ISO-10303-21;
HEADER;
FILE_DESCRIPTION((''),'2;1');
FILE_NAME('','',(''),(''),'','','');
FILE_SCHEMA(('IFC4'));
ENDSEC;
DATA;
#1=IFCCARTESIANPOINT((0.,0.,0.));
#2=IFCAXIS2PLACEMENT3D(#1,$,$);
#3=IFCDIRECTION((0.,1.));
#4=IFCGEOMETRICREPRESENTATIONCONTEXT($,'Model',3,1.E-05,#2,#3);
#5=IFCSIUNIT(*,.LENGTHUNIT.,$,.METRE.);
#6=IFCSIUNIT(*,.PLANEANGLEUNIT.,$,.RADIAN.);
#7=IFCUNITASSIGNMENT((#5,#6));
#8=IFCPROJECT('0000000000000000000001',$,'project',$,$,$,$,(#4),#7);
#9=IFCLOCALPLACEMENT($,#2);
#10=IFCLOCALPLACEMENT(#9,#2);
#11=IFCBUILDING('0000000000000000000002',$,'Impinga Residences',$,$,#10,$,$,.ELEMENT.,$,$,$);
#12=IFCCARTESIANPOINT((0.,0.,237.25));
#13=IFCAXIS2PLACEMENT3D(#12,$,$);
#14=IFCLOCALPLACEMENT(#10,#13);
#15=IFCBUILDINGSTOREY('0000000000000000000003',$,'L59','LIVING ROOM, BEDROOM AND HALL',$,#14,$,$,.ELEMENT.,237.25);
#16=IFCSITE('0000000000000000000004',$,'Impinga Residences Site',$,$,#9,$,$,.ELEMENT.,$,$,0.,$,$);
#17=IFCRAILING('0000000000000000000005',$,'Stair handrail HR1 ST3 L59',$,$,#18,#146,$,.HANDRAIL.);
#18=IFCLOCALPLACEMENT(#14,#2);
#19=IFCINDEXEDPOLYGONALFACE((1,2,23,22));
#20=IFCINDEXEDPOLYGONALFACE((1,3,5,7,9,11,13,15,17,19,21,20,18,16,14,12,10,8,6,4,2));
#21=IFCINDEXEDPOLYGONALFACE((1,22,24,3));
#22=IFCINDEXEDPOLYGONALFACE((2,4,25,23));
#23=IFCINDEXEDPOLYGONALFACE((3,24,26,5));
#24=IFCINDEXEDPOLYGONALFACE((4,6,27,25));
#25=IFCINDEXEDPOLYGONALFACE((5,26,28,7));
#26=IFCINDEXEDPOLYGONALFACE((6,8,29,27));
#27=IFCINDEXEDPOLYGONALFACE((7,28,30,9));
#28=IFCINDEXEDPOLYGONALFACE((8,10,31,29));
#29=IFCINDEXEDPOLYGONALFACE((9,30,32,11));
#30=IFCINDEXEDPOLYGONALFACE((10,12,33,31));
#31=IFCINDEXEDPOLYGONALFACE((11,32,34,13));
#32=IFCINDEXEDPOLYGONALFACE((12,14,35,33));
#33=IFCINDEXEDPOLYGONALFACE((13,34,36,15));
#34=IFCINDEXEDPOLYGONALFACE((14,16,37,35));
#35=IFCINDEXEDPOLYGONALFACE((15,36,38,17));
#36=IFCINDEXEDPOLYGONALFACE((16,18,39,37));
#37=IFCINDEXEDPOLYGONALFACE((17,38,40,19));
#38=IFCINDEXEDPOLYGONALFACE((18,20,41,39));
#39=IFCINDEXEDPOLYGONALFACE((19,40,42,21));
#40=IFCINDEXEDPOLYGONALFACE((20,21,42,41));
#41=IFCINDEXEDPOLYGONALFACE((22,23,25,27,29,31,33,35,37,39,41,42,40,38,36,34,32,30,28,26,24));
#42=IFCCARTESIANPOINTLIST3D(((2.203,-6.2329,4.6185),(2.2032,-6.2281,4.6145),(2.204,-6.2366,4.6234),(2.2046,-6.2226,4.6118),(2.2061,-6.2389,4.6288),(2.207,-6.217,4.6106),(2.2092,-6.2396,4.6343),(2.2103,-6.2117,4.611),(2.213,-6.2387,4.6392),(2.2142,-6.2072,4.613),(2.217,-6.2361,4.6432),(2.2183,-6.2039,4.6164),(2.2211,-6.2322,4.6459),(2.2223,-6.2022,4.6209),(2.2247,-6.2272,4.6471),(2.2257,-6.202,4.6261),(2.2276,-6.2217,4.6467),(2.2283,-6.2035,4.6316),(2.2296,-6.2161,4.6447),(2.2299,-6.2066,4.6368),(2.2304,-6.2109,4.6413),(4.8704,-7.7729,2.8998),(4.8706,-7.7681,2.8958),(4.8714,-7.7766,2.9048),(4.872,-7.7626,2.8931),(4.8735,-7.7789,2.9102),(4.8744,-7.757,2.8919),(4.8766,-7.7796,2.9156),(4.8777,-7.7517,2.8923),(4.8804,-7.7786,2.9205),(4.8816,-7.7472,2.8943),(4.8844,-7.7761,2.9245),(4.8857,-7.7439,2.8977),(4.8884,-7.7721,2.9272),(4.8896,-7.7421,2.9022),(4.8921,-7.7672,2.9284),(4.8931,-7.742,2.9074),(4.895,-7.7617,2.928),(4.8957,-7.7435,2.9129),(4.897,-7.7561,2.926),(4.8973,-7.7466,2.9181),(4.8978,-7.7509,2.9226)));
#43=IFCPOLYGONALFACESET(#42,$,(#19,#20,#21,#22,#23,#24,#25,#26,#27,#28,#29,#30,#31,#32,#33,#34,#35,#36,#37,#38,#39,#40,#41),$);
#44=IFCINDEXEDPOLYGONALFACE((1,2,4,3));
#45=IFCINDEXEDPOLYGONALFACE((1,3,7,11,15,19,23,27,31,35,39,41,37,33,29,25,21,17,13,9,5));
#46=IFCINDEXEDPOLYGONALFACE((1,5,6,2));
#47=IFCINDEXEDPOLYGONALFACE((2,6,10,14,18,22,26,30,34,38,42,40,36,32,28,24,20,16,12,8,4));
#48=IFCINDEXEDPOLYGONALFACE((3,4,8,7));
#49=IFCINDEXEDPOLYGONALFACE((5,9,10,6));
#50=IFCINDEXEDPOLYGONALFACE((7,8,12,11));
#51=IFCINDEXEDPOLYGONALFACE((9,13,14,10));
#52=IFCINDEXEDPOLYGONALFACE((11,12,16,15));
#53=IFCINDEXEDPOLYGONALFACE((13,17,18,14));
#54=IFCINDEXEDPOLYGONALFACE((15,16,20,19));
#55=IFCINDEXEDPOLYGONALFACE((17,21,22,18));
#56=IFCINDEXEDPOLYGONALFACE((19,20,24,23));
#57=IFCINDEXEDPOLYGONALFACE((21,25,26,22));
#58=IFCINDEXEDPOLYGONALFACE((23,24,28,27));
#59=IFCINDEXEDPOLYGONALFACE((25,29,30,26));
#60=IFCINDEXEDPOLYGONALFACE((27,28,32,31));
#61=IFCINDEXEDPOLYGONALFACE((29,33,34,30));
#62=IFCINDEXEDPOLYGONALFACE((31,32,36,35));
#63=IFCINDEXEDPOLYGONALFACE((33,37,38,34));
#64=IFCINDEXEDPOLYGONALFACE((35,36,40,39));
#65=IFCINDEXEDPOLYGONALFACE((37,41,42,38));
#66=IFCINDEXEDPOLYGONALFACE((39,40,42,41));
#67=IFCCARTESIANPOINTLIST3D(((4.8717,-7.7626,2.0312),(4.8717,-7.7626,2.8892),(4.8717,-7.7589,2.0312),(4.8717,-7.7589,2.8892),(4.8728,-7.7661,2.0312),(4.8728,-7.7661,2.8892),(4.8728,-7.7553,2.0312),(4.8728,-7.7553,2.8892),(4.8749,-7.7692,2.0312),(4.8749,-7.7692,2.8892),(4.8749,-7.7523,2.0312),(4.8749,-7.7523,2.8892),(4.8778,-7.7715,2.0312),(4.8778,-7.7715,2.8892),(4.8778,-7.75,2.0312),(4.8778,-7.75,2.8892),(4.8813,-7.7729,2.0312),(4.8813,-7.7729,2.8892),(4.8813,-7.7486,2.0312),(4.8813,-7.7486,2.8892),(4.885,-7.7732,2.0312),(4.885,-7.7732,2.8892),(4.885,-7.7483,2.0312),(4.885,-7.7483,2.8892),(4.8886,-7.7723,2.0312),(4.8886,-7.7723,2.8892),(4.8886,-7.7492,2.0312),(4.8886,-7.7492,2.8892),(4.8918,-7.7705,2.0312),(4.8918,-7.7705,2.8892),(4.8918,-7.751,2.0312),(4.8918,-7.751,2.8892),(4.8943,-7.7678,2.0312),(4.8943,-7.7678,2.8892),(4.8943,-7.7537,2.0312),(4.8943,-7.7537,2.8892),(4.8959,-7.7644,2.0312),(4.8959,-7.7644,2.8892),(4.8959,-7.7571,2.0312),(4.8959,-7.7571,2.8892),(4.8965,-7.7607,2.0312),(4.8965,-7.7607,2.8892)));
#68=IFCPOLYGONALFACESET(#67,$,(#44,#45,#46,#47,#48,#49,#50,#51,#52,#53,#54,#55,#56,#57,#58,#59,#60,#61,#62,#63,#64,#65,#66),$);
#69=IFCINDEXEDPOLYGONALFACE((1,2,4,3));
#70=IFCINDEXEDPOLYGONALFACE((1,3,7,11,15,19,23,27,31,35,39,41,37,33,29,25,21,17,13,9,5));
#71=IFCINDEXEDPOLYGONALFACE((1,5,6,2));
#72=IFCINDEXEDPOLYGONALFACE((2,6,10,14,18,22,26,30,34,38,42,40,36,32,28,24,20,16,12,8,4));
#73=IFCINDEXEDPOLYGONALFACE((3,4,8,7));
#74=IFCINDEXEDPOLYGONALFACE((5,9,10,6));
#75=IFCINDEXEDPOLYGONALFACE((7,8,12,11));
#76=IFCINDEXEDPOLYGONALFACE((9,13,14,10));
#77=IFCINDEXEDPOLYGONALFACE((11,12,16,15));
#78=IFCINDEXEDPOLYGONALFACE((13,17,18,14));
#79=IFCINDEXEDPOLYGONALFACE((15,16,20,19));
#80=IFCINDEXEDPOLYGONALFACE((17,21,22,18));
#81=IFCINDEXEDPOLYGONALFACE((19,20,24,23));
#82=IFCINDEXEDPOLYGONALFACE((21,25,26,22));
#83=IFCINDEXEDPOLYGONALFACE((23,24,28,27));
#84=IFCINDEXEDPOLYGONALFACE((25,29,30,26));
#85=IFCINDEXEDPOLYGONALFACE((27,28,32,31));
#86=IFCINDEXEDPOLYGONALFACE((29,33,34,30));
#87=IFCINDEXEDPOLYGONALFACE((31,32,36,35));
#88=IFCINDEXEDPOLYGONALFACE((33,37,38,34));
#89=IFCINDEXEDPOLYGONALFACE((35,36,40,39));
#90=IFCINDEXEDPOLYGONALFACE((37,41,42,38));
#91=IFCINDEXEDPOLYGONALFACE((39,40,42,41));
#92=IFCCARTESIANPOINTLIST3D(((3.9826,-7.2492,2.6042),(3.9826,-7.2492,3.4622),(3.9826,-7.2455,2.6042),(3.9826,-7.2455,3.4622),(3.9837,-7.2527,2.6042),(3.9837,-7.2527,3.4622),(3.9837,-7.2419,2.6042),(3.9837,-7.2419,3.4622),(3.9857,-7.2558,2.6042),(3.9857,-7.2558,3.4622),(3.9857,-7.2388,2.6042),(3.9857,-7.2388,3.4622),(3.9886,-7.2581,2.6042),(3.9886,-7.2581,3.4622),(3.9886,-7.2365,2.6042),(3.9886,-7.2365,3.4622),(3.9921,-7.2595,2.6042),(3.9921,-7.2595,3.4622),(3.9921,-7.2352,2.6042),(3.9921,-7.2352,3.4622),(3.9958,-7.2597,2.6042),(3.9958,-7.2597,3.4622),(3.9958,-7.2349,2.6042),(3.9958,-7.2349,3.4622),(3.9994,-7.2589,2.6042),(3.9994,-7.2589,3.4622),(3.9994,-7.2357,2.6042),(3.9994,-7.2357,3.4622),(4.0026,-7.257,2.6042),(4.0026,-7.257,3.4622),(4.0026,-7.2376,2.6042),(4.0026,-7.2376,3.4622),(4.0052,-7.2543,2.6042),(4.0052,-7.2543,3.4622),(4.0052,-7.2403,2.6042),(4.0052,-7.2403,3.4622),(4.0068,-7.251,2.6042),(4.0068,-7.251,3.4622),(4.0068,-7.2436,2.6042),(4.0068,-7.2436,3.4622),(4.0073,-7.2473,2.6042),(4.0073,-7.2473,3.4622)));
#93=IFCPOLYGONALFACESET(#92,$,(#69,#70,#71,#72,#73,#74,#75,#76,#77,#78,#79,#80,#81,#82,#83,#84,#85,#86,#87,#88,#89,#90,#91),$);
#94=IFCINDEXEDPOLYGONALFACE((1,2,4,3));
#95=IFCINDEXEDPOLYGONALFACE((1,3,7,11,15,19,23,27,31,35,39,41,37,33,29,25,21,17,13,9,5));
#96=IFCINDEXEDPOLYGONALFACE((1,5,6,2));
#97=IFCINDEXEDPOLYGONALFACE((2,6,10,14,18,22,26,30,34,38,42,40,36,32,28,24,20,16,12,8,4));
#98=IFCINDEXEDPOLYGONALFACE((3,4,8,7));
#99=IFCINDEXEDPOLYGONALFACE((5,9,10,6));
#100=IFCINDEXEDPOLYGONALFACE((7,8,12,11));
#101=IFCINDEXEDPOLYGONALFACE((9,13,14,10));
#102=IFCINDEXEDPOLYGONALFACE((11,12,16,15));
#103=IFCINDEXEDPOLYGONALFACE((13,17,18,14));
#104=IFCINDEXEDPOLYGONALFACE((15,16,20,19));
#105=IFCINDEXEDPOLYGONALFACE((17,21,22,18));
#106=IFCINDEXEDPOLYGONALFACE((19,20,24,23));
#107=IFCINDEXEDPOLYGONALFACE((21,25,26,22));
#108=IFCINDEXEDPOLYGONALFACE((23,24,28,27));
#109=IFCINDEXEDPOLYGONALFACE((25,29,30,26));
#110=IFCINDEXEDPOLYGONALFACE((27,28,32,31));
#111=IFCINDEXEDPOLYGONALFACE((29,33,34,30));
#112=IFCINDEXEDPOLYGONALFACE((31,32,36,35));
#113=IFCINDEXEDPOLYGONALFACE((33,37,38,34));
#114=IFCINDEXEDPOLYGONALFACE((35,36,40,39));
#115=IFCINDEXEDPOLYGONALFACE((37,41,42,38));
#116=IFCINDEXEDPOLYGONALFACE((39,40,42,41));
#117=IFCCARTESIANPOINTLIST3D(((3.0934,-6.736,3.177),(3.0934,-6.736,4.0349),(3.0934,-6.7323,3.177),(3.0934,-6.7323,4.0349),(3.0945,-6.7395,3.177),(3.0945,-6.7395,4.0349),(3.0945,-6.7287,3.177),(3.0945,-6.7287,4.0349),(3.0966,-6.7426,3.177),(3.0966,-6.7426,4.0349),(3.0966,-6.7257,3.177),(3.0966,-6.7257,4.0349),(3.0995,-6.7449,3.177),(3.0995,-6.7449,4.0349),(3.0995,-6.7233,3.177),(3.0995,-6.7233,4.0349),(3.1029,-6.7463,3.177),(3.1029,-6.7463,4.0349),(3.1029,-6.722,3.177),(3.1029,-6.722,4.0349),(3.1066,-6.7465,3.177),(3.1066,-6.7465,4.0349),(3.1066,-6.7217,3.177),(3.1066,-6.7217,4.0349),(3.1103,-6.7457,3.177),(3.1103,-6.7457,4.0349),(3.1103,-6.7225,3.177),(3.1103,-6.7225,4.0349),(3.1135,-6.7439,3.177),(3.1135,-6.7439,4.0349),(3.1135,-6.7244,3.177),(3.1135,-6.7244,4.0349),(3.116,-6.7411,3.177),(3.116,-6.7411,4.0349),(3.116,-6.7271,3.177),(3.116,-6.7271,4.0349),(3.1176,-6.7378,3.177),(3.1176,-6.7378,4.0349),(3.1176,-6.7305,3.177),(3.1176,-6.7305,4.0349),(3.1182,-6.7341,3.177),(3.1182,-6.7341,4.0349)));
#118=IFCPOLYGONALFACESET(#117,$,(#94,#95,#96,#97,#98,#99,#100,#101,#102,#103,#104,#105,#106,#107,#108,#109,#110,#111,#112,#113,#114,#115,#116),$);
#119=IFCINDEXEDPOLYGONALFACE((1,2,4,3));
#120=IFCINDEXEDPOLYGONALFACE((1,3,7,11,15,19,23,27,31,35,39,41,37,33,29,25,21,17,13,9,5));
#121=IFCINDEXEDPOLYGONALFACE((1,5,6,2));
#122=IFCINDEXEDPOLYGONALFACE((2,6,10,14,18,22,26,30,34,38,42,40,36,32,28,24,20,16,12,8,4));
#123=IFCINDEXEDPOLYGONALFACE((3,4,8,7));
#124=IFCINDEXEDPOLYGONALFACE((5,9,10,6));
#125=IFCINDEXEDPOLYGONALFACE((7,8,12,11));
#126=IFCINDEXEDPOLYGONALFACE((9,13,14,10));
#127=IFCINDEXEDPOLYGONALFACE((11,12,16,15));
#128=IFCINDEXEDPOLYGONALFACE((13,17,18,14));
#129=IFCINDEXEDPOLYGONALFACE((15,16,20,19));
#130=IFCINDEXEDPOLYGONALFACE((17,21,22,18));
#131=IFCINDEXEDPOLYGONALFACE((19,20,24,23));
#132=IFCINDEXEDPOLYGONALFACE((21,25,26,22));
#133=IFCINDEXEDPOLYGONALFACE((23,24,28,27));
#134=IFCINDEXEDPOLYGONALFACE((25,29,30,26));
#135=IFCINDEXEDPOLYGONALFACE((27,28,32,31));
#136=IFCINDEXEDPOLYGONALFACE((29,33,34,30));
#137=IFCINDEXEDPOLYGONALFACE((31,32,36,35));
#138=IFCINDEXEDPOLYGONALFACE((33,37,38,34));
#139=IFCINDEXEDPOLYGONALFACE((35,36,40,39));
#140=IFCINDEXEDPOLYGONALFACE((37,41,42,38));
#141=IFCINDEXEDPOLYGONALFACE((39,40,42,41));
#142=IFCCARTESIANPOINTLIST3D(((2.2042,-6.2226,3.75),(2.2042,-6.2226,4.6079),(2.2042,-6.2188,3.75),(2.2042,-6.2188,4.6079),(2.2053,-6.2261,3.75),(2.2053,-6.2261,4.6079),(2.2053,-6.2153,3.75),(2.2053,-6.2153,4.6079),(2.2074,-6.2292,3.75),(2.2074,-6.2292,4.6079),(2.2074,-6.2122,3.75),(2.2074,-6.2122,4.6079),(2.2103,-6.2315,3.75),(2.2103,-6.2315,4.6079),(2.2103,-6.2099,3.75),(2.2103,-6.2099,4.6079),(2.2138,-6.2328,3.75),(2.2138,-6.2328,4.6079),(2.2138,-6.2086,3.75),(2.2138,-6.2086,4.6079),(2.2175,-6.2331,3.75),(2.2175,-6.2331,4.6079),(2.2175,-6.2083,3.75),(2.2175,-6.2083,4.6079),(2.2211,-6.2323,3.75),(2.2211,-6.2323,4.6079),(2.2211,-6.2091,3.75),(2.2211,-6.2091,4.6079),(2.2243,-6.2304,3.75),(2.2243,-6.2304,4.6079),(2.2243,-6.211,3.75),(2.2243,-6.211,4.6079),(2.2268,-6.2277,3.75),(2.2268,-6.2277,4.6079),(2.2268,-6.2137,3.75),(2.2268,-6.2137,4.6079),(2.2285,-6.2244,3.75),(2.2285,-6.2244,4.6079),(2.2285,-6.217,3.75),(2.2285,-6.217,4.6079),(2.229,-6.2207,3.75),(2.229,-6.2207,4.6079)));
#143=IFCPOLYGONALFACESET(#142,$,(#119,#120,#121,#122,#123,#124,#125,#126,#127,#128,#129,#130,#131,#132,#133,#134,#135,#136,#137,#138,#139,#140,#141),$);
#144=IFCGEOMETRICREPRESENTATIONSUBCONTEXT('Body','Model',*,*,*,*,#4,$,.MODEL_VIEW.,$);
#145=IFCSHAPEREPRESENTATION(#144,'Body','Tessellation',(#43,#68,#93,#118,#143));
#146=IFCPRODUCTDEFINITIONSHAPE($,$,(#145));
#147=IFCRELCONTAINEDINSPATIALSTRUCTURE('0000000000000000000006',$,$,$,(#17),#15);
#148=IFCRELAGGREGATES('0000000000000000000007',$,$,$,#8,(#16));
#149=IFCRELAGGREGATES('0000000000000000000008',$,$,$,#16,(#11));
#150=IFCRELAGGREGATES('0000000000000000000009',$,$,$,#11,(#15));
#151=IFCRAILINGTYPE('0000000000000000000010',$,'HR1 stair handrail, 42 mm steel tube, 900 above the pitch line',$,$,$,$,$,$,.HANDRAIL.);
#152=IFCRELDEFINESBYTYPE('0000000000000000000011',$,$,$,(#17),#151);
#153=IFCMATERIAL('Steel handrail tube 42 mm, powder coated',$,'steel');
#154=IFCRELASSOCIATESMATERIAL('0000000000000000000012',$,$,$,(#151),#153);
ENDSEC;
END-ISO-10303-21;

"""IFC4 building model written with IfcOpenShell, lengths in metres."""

from ifc_helpers import new_model, si_unit, direction, frame, origin, origin_2d, place, context, subcontext, project, spatial, circle, extrude, material, type_object, element, save


model = new_model("IFC4")

# Units and contexts
model_context = context("Model", 3, precision=1e-05, world=origin(), true_north=direction((0.0, 1.0)))
body_context = subcontext(model_context, "Body", "Model", "MODEL_VIEW")
ifc_project = project(units=[si_unit("LENGTHUNIT", "METRE"), si_unit("PLANEANGLEUNIT", "RADIAN")], contexts=[model_context])

# Site, building, storey
site_placement = place(None, origin())
site = spatial("IfcSite", under=ifc_project, at=site_placement, Name="Impinga Residences Site", CompositionType="ELEMENT", RefElevation=0.0)
building_placement = place(site_placement, origin())
building = spatial("IfcBuilding", under=site, at=building_placement, Name="Impinga Residences", CompositionType="ELEMENT")
storey_placement = place(building_placement, frame((0.0, 0.0, 237.25)))
storey = spatial("IfcBuildingStorey", under=building, at=storey_placement, Name="L59", Description="LIVING ROOM, BEDROOM AND HALL", CompositionType="ELEMENT", Elevation=237.25)

# Railing
ifc_material_1 = material(Name="Steel handrail tube 42 mm, powder coated", Category="steel")
railing_type_1 = type_object("IfcRailingType", Name="HR1 stair handrail, 42 mm steel tube, 900 above the pitch line", PredefinedType="HANDRAIL", material=ifc_material_1)
railing_1_placement = place(storey_placement, frame((4.884, -7.7607, 2.0312)))
element("IfcRailing", 1, at=railing_1_placement, inside=storey, type_object=railing_type_1, Name="Stair handrail HR1 ST3 L59", PredefinedType="HANDRAIL", context=body_context, shape_type="SweptSolid", body=[
    extrude(circle(Radius=0.021, at=origin_2d()), frame((0.0, 0.0, 0.8789), z_axis=(-0.756256, 0.436616, 0.487282), x_axis=(-0.499992, -0.86603, 0.0)), (0.0, 0.0, 1.0), 3.5271),
    extrude(circle(Radius=0.0125, at=origin_2d()), origin(), (0.0, 0.0, 1.0), 0.8579),
    extrude(circle(Radius=0.0125, at=origin_2d()), frame((-0.8892, 0.5134, 0.573)), (0.0, 0.0, 1.0), 0.8579),
    extrude(circle(Radius=0.0125, at=origin_2d()), frame((-1.7783, 1.0266, 1.1458)), (0.0, 0.0, 1.0), 0.8579),
    extrude(circle(Radius=0.0125, at=origin_2d()), frame((-2.6675, 1.54, 1.7188)), (0.0, 0.0, 1.0), 0.8579),
])

save(model, "model.ifc")
